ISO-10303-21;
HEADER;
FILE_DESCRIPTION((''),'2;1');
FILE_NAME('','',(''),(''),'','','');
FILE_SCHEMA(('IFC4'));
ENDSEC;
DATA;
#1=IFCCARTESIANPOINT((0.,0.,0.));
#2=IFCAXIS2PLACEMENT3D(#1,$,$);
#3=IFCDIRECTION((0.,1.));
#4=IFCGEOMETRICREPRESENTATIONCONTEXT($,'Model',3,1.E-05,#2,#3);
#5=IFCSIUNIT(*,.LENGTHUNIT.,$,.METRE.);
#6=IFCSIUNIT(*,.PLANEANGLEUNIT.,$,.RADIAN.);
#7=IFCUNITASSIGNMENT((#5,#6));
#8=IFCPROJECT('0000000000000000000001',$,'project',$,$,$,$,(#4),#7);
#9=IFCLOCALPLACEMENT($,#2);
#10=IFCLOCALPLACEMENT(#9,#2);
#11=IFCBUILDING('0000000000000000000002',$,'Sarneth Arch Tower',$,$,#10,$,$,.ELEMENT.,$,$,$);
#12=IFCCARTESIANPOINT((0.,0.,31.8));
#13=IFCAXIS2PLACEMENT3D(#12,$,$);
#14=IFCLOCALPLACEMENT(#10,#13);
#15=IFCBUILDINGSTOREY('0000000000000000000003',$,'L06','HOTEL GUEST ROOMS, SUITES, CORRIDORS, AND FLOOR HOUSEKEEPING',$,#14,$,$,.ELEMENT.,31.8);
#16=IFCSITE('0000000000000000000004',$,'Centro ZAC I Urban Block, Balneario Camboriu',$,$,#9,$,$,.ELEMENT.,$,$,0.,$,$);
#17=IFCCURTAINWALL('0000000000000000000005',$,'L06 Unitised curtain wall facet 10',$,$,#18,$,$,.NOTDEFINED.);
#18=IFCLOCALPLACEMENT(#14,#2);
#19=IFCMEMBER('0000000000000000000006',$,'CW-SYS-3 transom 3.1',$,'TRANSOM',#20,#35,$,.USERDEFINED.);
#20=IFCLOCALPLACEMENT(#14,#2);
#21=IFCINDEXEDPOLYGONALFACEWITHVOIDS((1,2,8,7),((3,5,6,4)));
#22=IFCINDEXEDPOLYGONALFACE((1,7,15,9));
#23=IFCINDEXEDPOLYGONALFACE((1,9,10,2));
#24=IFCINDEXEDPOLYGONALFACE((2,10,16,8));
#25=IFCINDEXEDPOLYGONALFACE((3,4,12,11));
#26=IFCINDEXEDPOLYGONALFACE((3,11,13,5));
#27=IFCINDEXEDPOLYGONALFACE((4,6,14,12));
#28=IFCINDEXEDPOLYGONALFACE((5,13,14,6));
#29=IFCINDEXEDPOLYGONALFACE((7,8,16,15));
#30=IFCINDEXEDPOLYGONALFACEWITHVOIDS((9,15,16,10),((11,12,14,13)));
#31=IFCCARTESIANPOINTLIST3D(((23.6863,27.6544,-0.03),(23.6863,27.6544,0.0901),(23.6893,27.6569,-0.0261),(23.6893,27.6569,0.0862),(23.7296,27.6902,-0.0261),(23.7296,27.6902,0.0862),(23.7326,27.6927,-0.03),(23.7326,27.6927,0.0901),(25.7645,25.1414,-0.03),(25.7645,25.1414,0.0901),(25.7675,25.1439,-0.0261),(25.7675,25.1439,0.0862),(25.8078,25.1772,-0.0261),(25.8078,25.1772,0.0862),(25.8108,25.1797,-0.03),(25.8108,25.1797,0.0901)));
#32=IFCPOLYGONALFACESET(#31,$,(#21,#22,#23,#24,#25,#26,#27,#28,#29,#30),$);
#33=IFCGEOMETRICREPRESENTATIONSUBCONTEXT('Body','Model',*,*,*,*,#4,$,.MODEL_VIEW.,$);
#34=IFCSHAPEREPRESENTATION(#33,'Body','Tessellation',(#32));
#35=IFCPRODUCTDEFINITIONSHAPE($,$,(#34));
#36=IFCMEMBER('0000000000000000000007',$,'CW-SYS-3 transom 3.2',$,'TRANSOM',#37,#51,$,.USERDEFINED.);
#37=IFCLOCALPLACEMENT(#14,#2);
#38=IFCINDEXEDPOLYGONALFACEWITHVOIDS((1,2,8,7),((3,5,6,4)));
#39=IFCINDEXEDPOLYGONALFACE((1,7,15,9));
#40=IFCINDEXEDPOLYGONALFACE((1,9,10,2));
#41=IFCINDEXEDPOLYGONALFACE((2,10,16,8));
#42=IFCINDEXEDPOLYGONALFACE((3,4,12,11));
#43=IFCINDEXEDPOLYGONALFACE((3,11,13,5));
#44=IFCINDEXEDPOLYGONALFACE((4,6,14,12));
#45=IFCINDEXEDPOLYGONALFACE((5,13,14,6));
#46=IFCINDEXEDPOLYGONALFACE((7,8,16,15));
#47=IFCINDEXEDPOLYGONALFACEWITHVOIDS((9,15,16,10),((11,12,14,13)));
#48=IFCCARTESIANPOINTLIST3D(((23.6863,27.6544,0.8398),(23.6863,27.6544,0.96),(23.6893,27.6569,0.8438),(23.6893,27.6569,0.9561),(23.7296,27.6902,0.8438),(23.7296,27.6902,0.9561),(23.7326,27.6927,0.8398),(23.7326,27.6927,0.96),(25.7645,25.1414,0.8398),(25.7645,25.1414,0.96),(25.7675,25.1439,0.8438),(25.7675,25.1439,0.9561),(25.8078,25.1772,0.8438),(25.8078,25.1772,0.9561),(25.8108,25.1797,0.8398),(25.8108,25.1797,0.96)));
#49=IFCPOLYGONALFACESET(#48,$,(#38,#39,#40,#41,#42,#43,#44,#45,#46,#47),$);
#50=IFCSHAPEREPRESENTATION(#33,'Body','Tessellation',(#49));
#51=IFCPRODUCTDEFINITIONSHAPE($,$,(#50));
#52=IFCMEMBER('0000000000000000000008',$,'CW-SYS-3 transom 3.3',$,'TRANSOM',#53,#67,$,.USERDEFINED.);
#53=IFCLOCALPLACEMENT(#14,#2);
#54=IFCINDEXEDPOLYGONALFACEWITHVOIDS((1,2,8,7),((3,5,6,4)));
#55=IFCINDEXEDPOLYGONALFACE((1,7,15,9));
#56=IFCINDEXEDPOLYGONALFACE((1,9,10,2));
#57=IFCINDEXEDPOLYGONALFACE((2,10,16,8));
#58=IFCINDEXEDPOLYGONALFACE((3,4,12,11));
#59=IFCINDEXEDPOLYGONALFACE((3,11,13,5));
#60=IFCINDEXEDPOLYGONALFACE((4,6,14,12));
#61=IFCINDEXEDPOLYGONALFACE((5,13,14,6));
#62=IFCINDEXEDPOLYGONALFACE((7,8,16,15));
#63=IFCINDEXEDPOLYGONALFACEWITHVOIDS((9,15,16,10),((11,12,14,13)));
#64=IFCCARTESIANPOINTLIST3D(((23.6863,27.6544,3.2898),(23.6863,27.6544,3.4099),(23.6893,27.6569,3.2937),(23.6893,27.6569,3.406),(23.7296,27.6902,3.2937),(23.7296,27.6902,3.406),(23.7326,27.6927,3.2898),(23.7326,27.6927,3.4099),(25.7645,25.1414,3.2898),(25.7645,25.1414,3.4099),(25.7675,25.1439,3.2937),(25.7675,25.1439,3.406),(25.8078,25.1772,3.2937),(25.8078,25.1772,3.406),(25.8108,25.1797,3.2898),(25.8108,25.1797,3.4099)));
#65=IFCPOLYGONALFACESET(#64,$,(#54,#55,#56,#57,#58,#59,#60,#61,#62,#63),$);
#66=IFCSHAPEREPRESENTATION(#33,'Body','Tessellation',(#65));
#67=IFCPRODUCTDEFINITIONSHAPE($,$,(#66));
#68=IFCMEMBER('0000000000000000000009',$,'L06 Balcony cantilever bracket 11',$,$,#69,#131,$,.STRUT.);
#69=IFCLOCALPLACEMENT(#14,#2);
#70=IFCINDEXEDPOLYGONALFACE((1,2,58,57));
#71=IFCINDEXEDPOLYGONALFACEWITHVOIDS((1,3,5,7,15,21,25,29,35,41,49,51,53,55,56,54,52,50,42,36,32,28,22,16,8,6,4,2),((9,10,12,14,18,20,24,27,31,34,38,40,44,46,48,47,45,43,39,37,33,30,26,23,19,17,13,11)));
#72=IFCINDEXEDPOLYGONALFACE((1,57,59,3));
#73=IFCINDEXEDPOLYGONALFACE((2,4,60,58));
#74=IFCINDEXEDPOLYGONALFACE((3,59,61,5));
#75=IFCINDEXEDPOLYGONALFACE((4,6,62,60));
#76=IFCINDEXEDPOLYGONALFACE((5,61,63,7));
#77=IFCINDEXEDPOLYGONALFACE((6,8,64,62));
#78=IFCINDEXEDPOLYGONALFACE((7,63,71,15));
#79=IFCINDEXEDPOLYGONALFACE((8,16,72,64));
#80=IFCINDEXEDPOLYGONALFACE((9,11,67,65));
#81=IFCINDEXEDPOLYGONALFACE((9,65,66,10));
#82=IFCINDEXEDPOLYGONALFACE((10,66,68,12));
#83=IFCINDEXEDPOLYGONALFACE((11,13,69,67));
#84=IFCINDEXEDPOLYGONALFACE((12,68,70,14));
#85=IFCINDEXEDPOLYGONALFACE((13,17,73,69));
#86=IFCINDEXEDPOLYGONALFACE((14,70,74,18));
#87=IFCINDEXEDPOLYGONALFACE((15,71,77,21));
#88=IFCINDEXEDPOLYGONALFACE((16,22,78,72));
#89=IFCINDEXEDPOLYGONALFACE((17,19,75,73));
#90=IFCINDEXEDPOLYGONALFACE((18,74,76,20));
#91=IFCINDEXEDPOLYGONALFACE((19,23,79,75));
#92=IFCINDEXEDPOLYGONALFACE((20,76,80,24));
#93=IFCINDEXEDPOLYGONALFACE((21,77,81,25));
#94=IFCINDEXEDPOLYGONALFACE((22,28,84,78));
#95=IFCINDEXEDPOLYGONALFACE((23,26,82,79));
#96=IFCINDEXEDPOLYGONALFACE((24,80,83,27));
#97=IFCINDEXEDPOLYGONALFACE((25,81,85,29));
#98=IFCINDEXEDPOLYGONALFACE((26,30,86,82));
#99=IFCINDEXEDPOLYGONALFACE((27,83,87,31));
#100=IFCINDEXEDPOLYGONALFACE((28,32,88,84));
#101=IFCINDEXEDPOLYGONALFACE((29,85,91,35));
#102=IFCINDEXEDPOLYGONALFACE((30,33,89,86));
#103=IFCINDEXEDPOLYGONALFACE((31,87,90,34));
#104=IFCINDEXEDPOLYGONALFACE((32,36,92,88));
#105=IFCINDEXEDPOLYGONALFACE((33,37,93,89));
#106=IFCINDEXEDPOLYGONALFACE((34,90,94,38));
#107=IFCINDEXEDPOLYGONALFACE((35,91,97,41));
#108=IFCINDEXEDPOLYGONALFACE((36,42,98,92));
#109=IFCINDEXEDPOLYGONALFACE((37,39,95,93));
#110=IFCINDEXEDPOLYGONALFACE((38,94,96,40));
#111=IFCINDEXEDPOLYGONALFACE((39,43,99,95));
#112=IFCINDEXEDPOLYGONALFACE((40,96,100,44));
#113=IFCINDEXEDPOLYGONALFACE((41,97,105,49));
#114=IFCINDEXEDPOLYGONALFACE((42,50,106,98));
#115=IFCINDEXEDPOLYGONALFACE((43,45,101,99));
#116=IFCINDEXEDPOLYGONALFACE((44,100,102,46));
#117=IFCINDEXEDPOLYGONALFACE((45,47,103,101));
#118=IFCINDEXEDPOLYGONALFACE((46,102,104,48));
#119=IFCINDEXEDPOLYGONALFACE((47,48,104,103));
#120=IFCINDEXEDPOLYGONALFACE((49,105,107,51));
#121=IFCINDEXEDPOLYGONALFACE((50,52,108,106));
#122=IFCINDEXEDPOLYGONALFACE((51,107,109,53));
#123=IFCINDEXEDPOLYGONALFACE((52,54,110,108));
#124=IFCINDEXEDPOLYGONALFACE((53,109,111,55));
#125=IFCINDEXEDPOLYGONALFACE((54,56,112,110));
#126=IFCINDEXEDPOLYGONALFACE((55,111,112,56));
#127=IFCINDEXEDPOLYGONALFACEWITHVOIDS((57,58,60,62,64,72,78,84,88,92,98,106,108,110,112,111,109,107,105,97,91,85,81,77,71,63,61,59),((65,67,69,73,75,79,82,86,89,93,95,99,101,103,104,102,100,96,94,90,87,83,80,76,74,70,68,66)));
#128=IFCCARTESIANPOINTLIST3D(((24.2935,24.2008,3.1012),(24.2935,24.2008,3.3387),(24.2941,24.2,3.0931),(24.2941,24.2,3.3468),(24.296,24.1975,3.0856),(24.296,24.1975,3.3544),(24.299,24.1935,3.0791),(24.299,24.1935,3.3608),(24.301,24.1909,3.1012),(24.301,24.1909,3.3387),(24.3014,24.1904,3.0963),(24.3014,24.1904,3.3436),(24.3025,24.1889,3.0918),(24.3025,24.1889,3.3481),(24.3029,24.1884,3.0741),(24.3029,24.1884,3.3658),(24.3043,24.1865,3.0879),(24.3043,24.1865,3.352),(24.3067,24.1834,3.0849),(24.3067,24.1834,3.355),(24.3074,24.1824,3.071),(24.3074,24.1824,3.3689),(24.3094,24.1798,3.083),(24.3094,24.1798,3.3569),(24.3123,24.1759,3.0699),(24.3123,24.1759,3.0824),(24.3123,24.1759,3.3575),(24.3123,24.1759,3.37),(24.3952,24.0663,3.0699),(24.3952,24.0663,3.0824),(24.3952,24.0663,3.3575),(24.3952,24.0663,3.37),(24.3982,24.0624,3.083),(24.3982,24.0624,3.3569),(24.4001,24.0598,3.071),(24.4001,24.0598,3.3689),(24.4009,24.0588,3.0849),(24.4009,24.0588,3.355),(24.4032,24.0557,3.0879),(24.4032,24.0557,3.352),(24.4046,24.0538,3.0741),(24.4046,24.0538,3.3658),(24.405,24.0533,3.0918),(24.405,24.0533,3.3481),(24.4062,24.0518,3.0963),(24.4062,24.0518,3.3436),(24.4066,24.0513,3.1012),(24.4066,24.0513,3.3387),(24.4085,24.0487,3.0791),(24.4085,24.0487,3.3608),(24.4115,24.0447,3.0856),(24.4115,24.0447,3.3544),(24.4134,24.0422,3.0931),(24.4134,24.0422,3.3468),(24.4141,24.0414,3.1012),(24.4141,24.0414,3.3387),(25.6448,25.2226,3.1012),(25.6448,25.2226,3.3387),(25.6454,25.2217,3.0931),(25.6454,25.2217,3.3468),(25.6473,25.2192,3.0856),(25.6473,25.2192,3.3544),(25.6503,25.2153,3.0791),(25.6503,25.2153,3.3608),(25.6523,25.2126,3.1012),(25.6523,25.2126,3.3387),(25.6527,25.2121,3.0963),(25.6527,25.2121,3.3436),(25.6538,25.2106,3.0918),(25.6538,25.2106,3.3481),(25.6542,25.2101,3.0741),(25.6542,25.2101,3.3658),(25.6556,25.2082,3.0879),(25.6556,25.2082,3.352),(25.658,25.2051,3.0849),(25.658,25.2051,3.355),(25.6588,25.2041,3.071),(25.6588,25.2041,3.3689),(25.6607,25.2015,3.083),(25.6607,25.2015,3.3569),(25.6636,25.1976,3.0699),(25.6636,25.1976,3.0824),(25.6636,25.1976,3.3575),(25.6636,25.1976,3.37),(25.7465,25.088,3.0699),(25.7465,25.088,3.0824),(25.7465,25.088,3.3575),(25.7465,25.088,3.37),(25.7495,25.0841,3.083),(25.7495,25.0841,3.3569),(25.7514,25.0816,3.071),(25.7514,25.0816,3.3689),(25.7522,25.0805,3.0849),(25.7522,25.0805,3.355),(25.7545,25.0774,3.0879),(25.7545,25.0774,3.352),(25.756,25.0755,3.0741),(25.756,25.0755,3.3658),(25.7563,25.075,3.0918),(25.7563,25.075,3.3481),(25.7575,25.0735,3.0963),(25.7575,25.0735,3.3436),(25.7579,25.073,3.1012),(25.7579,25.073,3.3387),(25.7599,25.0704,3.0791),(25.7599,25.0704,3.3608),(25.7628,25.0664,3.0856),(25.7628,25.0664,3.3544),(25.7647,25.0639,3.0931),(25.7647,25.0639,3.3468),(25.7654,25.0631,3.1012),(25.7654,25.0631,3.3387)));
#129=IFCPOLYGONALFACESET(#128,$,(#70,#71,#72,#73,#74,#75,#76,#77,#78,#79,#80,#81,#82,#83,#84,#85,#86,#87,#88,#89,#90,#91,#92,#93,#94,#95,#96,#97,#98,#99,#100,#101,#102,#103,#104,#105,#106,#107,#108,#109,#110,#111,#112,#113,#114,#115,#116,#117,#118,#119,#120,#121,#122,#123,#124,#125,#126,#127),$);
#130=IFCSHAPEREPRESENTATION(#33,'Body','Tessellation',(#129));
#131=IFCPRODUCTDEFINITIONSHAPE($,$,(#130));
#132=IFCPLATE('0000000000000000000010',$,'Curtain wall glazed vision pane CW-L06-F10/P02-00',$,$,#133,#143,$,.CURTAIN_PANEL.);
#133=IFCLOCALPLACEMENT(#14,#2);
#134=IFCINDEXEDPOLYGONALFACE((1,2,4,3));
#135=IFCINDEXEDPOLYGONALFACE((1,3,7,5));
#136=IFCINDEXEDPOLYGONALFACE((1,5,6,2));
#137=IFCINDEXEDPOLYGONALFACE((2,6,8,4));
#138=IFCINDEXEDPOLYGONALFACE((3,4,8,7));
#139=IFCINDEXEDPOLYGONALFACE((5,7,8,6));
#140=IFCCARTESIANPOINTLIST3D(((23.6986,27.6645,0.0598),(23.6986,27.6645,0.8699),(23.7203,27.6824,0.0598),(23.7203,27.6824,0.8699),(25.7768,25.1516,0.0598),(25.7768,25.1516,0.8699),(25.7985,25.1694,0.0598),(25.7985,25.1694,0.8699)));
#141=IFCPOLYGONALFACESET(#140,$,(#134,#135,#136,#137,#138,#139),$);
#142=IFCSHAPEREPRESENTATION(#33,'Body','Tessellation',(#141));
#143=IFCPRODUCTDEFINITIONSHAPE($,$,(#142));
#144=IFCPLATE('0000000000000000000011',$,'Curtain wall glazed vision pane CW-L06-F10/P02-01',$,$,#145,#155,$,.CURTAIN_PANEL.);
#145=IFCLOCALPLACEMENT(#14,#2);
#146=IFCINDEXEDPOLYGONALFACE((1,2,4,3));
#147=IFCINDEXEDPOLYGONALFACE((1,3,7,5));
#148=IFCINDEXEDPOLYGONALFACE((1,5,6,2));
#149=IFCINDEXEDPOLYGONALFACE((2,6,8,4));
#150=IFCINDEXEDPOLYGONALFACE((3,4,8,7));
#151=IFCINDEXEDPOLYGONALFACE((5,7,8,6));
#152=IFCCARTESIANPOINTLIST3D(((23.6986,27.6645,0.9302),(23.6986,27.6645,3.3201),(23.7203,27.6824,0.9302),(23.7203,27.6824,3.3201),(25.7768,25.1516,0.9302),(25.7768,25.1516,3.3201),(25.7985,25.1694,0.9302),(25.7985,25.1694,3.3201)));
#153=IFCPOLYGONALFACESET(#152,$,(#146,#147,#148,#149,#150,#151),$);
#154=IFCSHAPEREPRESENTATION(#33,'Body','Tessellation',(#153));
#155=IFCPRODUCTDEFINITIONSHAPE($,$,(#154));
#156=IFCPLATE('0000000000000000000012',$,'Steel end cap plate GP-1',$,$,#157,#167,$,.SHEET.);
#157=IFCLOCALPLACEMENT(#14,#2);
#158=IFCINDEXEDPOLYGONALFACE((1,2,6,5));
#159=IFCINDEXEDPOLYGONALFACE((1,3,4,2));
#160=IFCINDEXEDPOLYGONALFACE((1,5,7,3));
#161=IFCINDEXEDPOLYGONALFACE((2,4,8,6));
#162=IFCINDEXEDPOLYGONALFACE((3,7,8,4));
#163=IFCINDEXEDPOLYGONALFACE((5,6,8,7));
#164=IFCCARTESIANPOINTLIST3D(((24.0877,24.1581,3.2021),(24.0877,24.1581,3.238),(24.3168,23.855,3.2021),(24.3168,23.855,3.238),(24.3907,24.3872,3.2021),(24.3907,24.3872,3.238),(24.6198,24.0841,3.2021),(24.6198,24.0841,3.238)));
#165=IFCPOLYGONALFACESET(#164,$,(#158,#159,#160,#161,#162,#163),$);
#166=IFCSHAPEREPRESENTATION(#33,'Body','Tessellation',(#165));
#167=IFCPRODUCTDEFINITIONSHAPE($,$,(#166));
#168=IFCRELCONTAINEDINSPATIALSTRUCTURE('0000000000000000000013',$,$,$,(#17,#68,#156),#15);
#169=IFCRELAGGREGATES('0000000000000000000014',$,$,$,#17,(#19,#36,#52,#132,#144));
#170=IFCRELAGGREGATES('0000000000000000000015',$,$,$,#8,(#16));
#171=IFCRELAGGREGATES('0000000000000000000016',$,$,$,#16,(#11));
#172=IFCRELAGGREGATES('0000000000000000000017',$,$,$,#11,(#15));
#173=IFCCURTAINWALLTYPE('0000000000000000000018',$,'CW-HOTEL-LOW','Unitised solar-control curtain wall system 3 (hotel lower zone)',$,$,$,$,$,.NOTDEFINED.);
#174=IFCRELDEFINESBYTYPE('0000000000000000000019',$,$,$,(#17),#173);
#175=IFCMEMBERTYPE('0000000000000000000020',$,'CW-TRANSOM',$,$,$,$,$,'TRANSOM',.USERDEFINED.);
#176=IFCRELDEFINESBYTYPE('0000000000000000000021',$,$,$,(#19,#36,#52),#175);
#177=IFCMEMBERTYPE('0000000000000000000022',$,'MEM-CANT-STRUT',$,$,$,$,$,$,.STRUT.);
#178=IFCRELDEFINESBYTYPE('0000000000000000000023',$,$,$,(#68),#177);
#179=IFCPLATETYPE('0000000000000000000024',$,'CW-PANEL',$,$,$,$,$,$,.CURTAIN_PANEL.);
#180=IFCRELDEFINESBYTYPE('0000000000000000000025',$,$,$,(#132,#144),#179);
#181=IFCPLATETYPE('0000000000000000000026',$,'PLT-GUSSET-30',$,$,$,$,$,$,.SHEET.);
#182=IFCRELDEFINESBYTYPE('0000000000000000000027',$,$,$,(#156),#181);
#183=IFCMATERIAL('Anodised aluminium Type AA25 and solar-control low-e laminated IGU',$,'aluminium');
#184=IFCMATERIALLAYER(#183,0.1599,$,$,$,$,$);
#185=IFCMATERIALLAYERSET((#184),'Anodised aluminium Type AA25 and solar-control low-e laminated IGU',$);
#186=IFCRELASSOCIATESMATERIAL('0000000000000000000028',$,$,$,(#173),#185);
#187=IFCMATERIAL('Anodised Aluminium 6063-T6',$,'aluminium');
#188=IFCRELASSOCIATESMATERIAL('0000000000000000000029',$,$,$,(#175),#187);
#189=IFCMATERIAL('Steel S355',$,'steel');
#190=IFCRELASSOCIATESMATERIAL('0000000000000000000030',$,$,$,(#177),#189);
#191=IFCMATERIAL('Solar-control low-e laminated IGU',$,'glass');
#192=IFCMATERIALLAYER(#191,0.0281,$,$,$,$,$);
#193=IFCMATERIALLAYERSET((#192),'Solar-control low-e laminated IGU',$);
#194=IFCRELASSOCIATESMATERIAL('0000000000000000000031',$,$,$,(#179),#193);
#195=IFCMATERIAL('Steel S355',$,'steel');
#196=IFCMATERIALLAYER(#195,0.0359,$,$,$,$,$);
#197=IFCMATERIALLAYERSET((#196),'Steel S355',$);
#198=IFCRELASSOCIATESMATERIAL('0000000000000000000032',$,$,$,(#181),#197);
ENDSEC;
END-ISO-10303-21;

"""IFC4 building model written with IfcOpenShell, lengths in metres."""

from ifc_helpers import new_model, si_unit, direction, frame, origin, origin_2d, place, context, subcontext, project, spatial, rectangle, hollow_rectangle, extrude, material, layer, layer_set, material_profile, profile_set, type_object, element, aggregate, save


model = new_model("IFC4")

# Units and contexts
model_context = context("Model", 3, precision=1e-05, world=origin(), true_north=direction((0.0, 1.0)))
body_context = subcontext(model_context, "Body", "Model", "MODEL_VIEW")
ifc_project = project(units=[si_unit("LENGTHUNIT", "METRE"), si_unit("PLANEANGLEUNIT", "RADIAN")], contexts=[model_context])

# Site, building, storey
site_placement = place(None, origin())
site = spatial("IfcSite", under=ifc_project, at=site_placement, Name="Centro ZAC I Urban Block, Balneario Camboriu", CompositionType="ELEMENT", RefElevation=0.0)
building_placement = place(site_placement, origin())
building = spatial("IfcBuilding", under=site, at=building_placement, Name="Sarneth Arch Tower", CompositionType="ELEMENT")
storey_placement = place(building_placement, frame((0.0, 0.0, 31.8)))
storey = spatial("IfcBuildingStorey", under=building, at=storey_placement, Name="L06", Description="HOTEL GUEST ROOMS, SUITES, CORRIDORS, AND FLOOR HOUSEKEEPING", CompositionType="ELEMENT", Elevation=31.8)

# Curtain wall, members
ifc_material_1 = material(Name="Anodised aluminium Type AA25 and solar-control low-e laminated IGU", Category="aluminium")
ifc_layer_1 = layer(ifc_material_1, 0.1599)
ifc_layer_set_1 = layer_set([ifc_layer_1], Name="Anodised aluminium Type AA25 and solar-control low-e laminated IGU")
curtain_wall_type = type_object("IfcCurtainWallType", Name="CW-HOTEL-LOW", Description="Unitised solar-control curtain wall system 3 (hotel lower zone)", PredefinedType="NOTDEFINED", material=ifc_layer_set_1)
curtain_wall_placement = place(storey_placement, origin())
curtain_wall = element("IfcCurtainWall", 1, at=curtain_wall_placement, inside=storey, type_object=curtain_wall_type, Name="L06 Unitised curtain wall facet 10", PredefinedType="NOTDEFINED")
ifc_material_2 = material(Name="Anodised Aluminium 6063-T6", Category="aluminium")
ifc_material_profile_1 = material_profile(ifc_material_2, hollow_rectangle(XDim=0.0601, YDim=0.1201, WallThickness=0.0039, at=origin_2d()), Name="AL-TRAN-120x60x4")
ifc_profile_set_1 = profile_set([ifc_material_profile_1], Name="Anodised Aluminium 6063-T6")
member_type_1 = type_object("IfcMemberType", Name="CW-TRANSOM", ElementType="TRANSOM", PredefinedType="USERDEFINED", material=ifc_profile_set_1)
member_1_placement = place(storey_placement, frame((23.7095, 27.6736, 0.03), z_axis=(0.637286, -0.770628, 0.0), x_axis=(0.770628, 0.637286, 0.0)))
member_1 = element("IfcMember", 2, at=member_1_placement, type_object=member_type_1, Name="CW-SYS-3 transom 3.1", ObjectType="TRANSOM", PredefinedType="USERDEFINED", context=body_context, shape_type="SweptSolid", body=[
    extrude(hollow_rectangle(XDim=0.0601, YDim=0.1201, WallThickness=0.0039, at=origin_2d()), origin(), (0.0, 0.0, 1.0), 3.261),
])
member_2_placement = place(storey_placement, frame((23.7095, 27.6736, 0.8999), z_axis=(0.637286, -0.770628, 0.0), x_axis=(0.770628, 0.637286, 0.0)))
member_2 = element("IfcMember", 3, at=member_2_placement, type_object=member_type_1, Name="CW-SYS-3 transom 3.2", ObjectType="TRANSOM", PredefinedType="USERDEFINED", context=body_context, shape_type="SweptSolid", body=[
    extrude(hollow_rectangle(XDim=0.0601, YDim=0.1201, WallThickness=0.0039, at=origin_2d()), origin(), (0.0, 0.0, 1.0), 3.261),
])
member_3_placement = place(storey_placement, frame((23.7095, 27.6736, 3.3499), z_axis=(0.637286, -0.770628, 0.0), x_axis=(0.770628, 0.637286, 0.0)))
member_3 = element("IfcMember", 4, at=member_3_placement, type_object=member_type_1, Name="CW-SYS-3 transom 3.3", ObjectType="TRANSOM", PredefinedType="USERDEFINED", context=body_context, shape_type="SweptSolid", body=[
    extrude(hollow_rectangle(XDim=0.0601, YDim=0.1201, WallThickness=0.0039, at=origin_2d()), origin(), (0.0, 0.0, 1.0), 3.261),
])

# Member
ifc_material_3 = material(Name="Steel S355", Category="steel")
ifc_material_profile_2 = material_profile(ifc_material_3, hollow_rectangle(XDim=0.2, YDim=0.3, WallThickness=0.0125, InnerFilletRadius=0.0188, OuterFilletRadius=0.0312, at=origin_2d()), Name="RHS300x200x12.5")
ifc_profile_set_2 = profile_set([ifc_material_profile_2], Name="Steel S355")
member_type_2 = type_object("IfcMemberType", Name="MEM-CANT-STRUT", PredefinedType="STRUT", material=ifc_profile_set_2)
member_4_placement = place(storey_placement, frame((25.7051, 25.1428, 3.22), z_axis=(-0.797659, -0.603108, 0.0), x_axis=(0.603108, -0.797659, 0.0)))
element("IfcMember", 5, at=member_4_placement, inside=storey, type_object=member_type_2, Name="L06 Balcony cantilever bracket 11", PredefinedType="STRUT", context=body_context, shape_type="SweptSolid", body=[
    extrude(hollow_rectangle(XDim=0.2, YDim=0.3, WallThickness=0.0125, InnerFilletRadius=0.0188, OuterFilletRadius=0.0312, at=origin_2d()), origin(), (0.0, 0.0, 1.0), 1.6941),
])

# Plates
ifc_material_4 = material(Name="Solar-control low-e laminated IGU", Category="glass")
ifc_layer_2 = layer(ifc_material_4, 0.0281)
ifc_layer_set_2 = layer_set([ifc_layer_2], Name="Solar-control low-e laminated IGU")
plate_type_1 = type_object("IfcPlateType", Name="CW-PANEL", PredefinedType="CURTAIN_PANEL", material=ifc_layer_set_2)
plate_1_placement = place(storey_placement, frame((24.7485, 26.417, 0.0598), z_axis=(0.0, 0.0, 1.0), x_axis=(0.637291, -0.770623, 0.0)))
plate_1 = element("IfcPlate", 6, at=plate_1_placement, type_object=plate_type_1, Name="Curtain wall glazed vision pane CW-L06-F10/P02-00", PredefinedType="CURTAIN_PANEL", context=body_context, shape_type="SweptSolid", body=[
    extrude(rectangle(XDim=3.261, YDim=0.0281, at=origin_2d()), origin(), (0.0, 0.0, 1.0), 0.8101),
])
plate_2_placement = place(storey_placement, frame((24.7485, 26.417, 0.9302), z_axis=(0.0, 0.0, 1.0), x_axis=(0.637291, -0.770623, 0.0)))
plate_2 = element("IfcPlate", 7, at=plate_2_placement, type_object=plate_type_1, Name="Curtain wall glazed vision pane CW-L06-F10/P02-01", PredefinedType="CURTAIN_PANEL", context=body_context, shape_type="SweptSolid", body=[
    extrude(rectangle(XDim=3.261, YDim=0.0281, at=origin_2d()), origin(), (0.0, 0.0, 1.0), 2.3899),
])
aggregate(curtain_wall, [member_1, member_2, member_3, plate_1, plate_2])
ifc_material_5 = material(Name="Steel S355", Category="steel")
ifc_layer_3 = layer(ifc_material_5, 0.0359)
ifc_layer_set_3 = layer_set([ifc_layer_3], Name="Steel S355")
plate_type_2 = type_object("IfcPlateType", Name="PLT-GUSSET-30", PredefinedType="SHEET", material=ifc_layer_set_3)
plate_3_placement = place(storey_placement, frame((24.3538, 24.1211, 3.2021), z_axis=(0.0, 0.0, 1.0), x_axis=(-0.797689, -0.603069, 0.0)))
element("IfcPlate", 8, at=plate_3_placement, inside=storey, type_object=plate_type_2, Name="Steel end cap plate GP-1", PredefinedType="SHEET", context=body_context, shape_type="SweptSolid", body=[
    extrude(rectangle(XDim=0.3799, YDim=0.3799, at=origin_2d()), origin(), (0.0, 0.0, 1.0), 0.0359),
])

save(model, "model.ifc")
